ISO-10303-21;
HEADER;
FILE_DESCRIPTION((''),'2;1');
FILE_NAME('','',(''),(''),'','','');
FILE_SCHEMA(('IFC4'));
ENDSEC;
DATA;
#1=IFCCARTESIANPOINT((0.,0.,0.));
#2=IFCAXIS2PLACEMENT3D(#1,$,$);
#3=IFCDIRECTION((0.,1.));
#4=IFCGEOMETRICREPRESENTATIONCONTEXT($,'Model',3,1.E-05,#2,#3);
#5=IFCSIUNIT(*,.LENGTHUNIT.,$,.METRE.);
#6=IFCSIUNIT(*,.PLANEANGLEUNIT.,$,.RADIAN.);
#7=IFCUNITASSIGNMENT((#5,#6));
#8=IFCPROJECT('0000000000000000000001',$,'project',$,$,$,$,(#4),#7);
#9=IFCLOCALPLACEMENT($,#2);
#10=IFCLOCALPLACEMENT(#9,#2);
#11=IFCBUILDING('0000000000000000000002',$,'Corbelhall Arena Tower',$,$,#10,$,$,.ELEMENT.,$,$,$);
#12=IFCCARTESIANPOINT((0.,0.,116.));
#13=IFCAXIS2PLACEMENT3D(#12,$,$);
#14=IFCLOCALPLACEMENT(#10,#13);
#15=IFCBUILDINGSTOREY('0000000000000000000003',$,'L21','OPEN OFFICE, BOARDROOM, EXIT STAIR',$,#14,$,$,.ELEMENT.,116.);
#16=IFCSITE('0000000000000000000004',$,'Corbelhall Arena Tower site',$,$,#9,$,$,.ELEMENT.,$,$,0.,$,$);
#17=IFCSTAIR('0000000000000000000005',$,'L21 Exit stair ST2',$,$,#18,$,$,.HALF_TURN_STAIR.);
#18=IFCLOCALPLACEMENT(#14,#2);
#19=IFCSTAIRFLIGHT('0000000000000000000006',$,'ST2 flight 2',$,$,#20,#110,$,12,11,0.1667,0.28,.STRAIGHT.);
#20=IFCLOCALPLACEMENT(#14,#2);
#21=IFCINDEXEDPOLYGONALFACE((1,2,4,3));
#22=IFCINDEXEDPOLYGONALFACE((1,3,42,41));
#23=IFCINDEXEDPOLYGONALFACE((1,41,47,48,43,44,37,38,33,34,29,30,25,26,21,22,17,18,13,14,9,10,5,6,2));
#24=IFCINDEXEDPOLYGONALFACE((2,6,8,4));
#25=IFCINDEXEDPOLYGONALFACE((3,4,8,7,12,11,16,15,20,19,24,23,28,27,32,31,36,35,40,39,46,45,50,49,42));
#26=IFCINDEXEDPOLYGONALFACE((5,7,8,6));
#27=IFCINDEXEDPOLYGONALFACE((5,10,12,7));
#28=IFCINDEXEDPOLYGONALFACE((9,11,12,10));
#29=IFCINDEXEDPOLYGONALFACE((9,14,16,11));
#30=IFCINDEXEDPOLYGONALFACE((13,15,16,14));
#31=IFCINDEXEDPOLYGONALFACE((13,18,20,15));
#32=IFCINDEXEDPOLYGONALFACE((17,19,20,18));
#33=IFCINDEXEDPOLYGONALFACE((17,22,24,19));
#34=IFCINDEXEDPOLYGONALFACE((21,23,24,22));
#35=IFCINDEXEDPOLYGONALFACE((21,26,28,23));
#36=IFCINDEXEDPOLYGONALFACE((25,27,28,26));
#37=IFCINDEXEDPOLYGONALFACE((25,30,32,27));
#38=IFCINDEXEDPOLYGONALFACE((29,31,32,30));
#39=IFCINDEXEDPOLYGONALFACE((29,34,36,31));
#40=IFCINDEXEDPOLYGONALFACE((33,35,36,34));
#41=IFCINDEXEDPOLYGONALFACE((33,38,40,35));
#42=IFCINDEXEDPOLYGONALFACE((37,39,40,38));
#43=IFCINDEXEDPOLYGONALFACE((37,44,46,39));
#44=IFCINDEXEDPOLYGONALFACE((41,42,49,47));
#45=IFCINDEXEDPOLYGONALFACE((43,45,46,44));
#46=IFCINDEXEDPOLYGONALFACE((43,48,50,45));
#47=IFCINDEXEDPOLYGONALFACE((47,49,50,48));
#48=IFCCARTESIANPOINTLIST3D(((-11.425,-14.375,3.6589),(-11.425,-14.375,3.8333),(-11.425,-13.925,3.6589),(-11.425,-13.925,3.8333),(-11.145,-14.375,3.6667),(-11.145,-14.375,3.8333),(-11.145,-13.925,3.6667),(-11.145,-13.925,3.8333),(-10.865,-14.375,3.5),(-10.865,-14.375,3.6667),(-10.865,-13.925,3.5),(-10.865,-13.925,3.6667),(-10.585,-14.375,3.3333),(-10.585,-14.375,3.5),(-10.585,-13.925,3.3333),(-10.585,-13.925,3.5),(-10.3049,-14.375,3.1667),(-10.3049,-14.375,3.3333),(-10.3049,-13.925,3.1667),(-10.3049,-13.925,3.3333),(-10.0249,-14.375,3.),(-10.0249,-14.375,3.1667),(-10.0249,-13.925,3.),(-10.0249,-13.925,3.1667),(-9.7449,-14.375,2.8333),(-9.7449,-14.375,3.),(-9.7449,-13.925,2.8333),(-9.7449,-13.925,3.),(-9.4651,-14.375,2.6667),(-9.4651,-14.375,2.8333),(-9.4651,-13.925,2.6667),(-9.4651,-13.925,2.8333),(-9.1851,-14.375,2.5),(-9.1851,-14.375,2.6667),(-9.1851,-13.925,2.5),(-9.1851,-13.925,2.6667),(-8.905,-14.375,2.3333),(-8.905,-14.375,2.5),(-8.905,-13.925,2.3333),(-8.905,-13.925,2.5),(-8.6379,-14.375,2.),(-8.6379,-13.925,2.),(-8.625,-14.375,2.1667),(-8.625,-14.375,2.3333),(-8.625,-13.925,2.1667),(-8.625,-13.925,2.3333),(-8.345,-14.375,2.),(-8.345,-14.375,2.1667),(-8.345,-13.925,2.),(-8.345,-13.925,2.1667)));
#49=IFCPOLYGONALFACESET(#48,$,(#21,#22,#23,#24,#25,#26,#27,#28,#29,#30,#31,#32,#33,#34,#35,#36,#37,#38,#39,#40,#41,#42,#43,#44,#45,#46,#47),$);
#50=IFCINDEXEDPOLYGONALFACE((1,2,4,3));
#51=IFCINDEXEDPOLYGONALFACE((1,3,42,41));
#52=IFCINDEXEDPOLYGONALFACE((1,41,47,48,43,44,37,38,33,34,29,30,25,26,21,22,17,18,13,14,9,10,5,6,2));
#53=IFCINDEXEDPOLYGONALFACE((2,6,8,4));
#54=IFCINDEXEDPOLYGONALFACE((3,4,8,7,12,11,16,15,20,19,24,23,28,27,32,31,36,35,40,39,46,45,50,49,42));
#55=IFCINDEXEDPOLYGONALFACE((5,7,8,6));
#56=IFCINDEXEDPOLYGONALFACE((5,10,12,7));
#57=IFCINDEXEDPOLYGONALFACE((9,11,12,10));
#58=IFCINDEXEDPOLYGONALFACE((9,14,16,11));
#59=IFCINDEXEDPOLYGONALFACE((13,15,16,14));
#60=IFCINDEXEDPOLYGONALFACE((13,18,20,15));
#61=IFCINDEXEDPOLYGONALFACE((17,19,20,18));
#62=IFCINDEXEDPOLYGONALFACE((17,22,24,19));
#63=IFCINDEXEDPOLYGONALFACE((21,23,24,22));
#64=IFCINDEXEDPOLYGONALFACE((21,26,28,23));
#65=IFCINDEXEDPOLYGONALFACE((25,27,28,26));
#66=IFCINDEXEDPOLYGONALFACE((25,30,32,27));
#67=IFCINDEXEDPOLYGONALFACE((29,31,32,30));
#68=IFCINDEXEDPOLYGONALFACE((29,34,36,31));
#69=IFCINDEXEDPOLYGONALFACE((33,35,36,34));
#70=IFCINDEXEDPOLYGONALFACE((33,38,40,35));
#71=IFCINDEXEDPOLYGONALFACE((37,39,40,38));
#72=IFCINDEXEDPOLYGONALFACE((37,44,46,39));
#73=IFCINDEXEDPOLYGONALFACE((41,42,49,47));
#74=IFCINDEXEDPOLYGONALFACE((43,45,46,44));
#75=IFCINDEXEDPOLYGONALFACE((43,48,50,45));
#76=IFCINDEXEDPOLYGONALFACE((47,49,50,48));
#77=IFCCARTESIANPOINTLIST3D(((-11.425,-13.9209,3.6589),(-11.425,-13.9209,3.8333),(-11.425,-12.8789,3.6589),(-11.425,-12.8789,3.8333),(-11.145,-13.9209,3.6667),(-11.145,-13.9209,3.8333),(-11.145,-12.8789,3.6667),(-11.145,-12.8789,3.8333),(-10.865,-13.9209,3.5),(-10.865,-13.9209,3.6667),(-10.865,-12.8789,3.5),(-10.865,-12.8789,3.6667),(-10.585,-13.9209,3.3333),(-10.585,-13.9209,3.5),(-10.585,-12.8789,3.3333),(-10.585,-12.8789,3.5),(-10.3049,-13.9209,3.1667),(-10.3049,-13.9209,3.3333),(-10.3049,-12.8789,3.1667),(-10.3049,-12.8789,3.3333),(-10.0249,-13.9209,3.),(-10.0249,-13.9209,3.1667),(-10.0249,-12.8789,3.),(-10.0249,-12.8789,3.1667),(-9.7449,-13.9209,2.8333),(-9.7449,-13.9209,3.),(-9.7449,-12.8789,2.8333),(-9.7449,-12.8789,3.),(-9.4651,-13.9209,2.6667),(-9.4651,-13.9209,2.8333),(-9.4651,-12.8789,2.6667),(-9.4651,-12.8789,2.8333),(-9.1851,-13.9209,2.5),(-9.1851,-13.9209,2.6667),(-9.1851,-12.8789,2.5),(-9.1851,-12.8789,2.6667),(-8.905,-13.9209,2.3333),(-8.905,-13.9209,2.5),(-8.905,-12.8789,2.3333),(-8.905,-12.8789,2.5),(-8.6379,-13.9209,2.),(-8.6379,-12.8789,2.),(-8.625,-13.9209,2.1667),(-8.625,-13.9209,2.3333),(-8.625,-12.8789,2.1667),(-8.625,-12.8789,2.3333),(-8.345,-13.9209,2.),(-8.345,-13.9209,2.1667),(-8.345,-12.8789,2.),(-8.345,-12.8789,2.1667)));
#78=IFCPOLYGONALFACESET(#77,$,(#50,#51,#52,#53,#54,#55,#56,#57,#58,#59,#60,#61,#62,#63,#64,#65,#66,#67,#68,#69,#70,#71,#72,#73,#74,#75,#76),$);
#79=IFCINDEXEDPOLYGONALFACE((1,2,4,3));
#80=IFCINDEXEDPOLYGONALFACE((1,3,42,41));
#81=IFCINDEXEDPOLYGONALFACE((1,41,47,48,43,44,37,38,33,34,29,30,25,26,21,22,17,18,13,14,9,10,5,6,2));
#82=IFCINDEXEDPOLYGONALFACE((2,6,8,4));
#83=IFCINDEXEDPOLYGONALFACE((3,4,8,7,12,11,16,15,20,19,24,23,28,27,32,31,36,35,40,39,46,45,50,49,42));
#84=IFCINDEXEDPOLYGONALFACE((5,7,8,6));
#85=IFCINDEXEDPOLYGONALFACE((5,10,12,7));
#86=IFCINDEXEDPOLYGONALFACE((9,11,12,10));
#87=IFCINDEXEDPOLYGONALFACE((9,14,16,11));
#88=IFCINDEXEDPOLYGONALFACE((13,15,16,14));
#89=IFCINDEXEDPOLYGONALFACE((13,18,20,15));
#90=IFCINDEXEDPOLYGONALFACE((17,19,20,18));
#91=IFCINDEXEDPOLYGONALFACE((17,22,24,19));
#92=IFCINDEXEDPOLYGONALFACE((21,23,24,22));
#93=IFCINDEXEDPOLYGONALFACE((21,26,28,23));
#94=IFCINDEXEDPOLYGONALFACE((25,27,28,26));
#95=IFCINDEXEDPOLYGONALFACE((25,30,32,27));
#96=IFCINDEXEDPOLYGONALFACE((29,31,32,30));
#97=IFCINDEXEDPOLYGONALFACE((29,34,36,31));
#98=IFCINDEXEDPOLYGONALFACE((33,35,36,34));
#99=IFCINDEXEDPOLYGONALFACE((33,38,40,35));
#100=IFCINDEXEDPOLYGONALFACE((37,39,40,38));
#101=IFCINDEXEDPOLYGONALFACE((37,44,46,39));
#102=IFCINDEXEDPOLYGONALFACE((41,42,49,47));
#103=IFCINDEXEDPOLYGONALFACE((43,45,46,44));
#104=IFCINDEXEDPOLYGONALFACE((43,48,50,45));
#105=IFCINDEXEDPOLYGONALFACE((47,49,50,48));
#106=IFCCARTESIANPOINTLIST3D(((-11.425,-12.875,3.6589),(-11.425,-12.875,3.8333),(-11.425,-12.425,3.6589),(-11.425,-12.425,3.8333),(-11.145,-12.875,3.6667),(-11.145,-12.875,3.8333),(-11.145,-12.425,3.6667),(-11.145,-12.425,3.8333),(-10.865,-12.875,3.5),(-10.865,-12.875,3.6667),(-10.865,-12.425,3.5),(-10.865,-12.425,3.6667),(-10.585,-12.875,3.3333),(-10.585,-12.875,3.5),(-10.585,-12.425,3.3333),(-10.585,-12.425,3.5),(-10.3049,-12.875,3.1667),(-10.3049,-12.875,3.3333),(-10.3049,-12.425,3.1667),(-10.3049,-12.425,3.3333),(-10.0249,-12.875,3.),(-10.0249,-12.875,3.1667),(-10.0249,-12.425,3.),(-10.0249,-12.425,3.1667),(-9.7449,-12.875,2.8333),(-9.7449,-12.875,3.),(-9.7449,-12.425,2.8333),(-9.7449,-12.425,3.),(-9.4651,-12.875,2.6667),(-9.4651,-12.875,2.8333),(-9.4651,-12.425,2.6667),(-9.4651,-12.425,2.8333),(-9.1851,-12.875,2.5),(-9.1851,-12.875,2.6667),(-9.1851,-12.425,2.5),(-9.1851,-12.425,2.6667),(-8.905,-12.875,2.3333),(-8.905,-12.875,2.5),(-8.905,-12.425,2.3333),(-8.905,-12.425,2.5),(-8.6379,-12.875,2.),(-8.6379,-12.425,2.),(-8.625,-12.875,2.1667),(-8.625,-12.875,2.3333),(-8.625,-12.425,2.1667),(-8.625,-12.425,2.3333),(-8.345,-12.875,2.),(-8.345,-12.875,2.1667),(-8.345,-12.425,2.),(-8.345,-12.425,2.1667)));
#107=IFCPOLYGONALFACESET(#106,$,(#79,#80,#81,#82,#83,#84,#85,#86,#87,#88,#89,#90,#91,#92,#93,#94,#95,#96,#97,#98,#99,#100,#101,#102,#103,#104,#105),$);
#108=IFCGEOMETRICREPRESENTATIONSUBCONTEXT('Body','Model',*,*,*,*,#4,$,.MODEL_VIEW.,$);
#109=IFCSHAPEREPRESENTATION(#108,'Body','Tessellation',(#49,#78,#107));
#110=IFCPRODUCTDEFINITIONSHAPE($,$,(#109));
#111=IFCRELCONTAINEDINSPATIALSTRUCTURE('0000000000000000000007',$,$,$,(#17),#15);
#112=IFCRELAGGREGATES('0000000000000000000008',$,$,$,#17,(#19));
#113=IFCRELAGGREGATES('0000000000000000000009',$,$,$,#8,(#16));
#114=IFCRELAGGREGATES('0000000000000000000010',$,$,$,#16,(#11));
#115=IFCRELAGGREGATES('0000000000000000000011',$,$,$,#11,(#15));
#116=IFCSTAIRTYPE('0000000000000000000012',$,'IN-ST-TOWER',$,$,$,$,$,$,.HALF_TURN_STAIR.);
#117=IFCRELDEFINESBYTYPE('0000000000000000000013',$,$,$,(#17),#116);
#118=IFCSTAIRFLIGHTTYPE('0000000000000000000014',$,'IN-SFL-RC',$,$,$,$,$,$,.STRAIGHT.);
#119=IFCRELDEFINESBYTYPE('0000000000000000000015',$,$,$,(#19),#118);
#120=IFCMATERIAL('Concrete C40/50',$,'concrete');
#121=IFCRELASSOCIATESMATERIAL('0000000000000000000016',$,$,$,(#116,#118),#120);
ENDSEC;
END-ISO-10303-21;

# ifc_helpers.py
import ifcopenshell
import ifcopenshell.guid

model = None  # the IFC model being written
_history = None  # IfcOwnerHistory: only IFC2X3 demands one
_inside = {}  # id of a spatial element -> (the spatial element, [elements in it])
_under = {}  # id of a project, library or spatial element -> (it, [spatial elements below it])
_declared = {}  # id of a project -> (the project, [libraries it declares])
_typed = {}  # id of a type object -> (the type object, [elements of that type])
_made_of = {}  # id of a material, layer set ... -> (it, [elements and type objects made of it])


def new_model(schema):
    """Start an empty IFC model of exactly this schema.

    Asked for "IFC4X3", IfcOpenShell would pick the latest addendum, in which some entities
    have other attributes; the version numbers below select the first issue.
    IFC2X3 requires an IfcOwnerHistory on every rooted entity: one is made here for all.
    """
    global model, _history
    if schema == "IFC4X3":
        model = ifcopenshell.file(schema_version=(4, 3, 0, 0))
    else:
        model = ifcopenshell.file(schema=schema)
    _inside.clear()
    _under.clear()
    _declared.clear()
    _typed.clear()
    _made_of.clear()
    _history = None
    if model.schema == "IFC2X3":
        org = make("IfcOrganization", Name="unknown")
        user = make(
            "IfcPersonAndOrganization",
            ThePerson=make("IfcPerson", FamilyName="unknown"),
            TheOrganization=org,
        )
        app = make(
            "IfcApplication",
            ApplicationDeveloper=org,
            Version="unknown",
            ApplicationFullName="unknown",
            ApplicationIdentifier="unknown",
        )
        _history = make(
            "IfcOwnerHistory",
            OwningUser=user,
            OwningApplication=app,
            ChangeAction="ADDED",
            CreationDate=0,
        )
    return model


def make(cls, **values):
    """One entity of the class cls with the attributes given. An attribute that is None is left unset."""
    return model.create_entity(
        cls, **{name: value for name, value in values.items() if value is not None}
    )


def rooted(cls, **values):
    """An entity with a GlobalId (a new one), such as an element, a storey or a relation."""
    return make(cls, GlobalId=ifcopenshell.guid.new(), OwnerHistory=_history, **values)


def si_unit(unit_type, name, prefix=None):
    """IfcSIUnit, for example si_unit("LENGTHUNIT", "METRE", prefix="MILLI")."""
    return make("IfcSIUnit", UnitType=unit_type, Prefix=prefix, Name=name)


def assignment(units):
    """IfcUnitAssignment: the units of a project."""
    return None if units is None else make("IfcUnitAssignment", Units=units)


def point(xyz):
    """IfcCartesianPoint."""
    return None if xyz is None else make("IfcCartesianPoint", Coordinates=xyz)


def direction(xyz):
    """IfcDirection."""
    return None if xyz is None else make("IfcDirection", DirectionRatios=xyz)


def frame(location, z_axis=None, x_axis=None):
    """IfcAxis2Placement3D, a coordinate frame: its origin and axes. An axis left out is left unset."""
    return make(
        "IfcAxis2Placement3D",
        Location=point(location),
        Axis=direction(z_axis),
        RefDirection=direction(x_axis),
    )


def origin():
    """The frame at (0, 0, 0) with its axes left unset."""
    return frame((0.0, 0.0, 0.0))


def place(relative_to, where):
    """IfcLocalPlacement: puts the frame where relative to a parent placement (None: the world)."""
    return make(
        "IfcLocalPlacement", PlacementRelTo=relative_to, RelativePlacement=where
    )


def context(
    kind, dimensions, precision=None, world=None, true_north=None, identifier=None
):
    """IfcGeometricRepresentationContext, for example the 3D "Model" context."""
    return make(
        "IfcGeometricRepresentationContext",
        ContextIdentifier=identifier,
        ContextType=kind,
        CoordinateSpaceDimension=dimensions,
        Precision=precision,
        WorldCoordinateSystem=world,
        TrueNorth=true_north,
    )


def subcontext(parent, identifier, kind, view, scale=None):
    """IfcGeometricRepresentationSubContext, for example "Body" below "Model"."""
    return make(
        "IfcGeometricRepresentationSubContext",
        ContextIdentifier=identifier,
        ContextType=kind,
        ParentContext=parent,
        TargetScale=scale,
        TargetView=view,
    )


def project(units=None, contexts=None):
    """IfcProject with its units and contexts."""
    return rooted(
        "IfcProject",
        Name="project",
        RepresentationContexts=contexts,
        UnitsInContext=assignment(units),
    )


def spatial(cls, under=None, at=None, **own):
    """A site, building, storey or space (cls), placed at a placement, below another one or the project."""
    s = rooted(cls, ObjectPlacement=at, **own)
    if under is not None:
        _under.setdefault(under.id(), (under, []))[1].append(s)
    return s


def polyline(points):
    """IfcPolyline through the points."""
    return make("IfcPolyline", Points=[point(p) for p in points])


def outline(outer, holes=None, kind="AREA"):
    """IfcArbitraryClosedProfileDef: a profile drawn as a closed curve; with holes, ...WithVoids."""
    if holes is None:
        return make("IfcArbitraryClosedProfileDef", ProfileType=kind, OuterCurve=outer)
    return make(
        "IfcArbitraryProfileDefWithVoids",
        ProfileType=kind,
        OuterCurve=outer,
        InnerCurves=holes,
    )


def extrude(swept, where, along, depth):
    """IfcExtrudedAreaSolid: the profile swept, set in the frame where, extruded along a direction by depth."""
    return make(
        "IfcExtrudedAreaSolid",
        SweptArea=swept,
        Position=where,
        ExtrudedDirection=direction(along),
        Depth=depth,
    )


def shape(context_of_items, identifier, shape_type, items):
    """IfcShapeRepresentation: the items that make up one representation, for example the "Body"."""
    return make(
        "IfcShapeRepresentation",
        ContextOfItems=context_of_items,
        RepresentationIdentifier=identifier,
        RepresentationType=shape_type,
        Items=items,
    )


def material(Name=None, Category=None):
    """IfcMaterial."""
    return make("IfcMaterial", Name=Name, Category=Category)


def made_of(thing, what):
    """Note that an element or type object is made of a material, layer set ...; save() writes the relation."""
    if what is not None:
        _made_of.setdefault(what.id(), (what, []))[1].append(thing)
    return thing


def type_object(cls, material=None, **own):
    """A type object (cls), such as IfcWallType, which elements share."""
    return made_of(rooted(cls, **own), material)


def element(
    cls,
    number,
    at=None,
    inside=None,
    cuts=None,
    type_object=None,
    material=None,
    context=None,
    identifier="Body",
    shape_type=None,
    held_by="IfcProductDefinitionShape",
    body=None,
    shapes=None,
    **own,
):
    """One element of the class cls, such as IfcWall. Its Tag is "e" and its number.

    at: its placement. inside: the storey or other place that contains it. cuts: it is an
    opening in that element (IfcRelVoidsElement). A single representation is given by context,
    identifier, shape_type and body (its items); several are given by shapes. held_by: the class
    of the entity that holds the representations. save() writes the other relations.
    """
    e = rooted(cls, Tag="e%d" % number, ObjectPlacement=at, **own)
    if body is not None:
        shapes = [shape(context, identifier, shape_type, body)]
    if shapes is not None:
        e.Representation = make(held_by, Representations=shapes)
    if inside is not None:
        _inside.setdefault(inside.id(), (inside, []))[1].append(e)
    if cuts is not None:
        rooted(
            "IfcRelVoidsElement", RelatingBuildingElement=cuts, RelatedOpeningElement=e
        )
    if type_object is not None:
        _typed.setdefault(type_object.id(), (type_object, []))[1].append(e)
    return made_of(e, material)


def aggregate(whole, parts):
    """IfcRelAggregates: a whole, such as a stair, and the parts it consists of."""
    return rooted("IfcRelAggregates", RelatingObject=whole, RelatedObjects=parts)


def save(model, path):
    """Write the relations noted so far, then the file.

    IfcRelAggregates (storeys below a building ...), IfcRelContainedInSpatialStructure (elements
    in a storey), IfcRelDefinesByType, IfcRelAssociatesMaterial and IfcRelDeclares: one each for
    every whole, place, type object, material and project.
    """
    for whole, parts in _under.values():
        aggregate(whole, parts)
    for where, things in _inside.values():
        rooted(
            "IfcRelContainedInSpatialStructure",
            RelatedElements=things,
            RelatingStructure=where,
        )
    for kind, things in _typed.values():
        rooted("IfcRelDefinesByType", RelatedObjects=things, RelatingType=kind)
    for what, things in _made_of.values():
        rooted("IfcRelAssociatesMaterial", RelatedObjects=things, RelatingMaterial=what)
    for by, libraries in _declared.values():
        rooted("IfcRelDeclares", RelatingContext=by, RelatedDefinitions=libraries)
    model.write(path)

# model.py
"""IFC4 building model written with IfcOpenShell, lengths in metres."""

from ifc_helpers import new_model, si_unit, direction, frame, origin, place, context, subcontext, project, spatial, polyline, outline, extrude, material, type_object, element, aggregate, save


model = new_model("IFC4")

# Units and contexts
model_context = context("Model", 3, precision=1e-05, world=origin(), true_north=direction((0.0, 1.0)))
body_context = subcontext(model_context, "Body", "Model", "MODEL_VIEW")
ifc_project = project(units=[si_unit("LENGTHUNIT", "METRE"), si_unit("PLANEANGLEUNIT", "RADIAN")], contexts=[model_context])

# Site, building, storey
site_placement = place(None, origin())
site = spatial("IfcSite", under=ifc_project, at=site_placement, Name="Corbelhall Arena Tower site", CompositionType="ELEMENT", RefElevation=0.0)
building_placement = place(site_placement, origin())
building = spatial("IfcBuilding", under=site, at=building_placement, Name="Corbelhall Arena Tower", CompositionType="ELEMENT")
storey_placement = place(building_placement, frame((0.0, 0.0, 116.0)))
storey = spatial("IfcBuildingStorey", under=building, at=storey_placement, Name="L21", Description="OPEN OFFICE, BOARDROOM, EXIT STAIR", CompositionType="ELEMENT", Elevation=116.0)

# Shared definitions
ifc_material_1 = material(Name="Concrete C40/50", Category="concrete")

# Stair, stair flight
stair_type = type_object("IfcStairType", Name="IN-ST-TOWER", PredefinedType="HALF_TURN_STAIR", material=ifc_material_1)
stair_placement = place(storey_placement, origin())
stair = element("IfcStair", 1, at=stair_placement, inside=storey, type_object=stair_type, Name="L21 Exit stair ST2", PredefinedType="HALF_TURN_STAIR")
stair_flight_type = type_object("IfcStairFlightType", Name="IN-SFL-RC", PredefinedType="STRAIGHT", material=ifc_material_1)
stair_flight_1_placement = place(storey_placement, frame((-8.345, -13.3999, 2.0), z_axis=(0.0, 0.0, 1.0), x_axis=(-1.0, 0.0, 0.0)))
stair_flight_1 = element("IfcStairFlight", 2, at=stair_flight_1_placement, type_object=stair_flight_type, Name="ST2 flight 2", NumberOfRisers=12, NumberOfTreads=11, PredefinedType="STRAIGHT", RiserHeight=0.1667, TreadLength=0.28, context=body_context, shape_type="SweptSolid", body=[
    extrude(outline(polyline([(0.0, 0.0), (0.0, 0.1667), (0.28, 0.1667), (0.28, 0.3333), (0.5601, 0.3333), (0.5601, 0.5), (0.8401, 0.5), (0.8401, 0.6667), (1.1201, 0.6667), (1.1201, 0.8333), (1.3999, 0.8333), (1.3999, 1.0), (1.6799, 1.0), (1.6799, 1.1667), (1.96, 1.1667), (1.96, 1.3333), (2.24, 1.3333), (2.24, 1.5), (2.52, 1.5), (2.52, 1.6667), (2.8, 1.6667), (2.8, 1.8333), (3.0801, 1.8333), (3.0801, 2.0), (3.0801, 1.6589), (0.293, 0.0), (0.0, 0.0)])), frame((0.0, 0.9751, 0.0), z_axis=(0.0, -1.0, 0.0), x_axis=(1.0, 0.0, 0.0)), (0.0, 0.0, 1.0), 0.45),
    extrude(outline(polyline([(0.0, 0.0), (0.0, 0.1667), (0.28, 0.1667), (0.28, 0.3333), (0.5601, 0.3333), (0.5601, 0.5), (0.8401, 0.5), (0.8401, 0.6667), (1.1201, 0.6667), (1.1201, 0.8333), (1.3999, 0.8333), (1.3999, 1.0), (1.6799, 1.0), (1.6799, 1.1667), (1.96, 1.1667), (1.96, 1.3333), (2.24, 1.3333), (2.24, 1.5), (2.52, 1.5), (2.52, 1.6667), (2.8, 1.6667), (2.8, 1.8333), (3.0801, 1.8333), (3.0801, 2.0), (3.0801, 1.6589), (0.293, 0.0), (0.0, 0.0)])), frame((0.0, 0.521, 0.0), z_axis=(0.0, -1.0, 0.0), x_axis=(1.0, 0.0, 0.0)), (0.0, 0.0, 1.0), 1.042),
    extrude(outline(polyline([(0.0, 0.0), (0.0, 0.1667), (0.28, 0.1667), (0.28, 0.3333), (0.5601, 0.3333), (0.5601, 0.5), (0.8401, 0.5), (0.8401, 0.6667), (1.1201, 0.6667), (1.1201, 0.8333), (1.3999, 0.8333), (1.3999, 1.0), (1.6799, 1.0), (1.6799, 1.1667), (1.96, 1.1667), (1.96, 1.3333), (2.24, 1.3333), (2.24, 1.5), (2.52, 1.5), (2.52, 1.6667), (2.8, 1.6667), (2.8, 1.8333), (3.0801, 1.8333), (3.0801, 2.0), (3.0801, 1.6589), (0.293, 0.0), (0.0, 0.0)])), frame((0.0, -0.5249, 0.0), z_axis=(0.0, -1.0, 0.0), x_axis=(1.0, 0.0, 0.0)), (0.0, 0.0, 1.0), 0.45),
])
aggregate(stair, [stair_flight_1])

save(model, "model.ifc")
